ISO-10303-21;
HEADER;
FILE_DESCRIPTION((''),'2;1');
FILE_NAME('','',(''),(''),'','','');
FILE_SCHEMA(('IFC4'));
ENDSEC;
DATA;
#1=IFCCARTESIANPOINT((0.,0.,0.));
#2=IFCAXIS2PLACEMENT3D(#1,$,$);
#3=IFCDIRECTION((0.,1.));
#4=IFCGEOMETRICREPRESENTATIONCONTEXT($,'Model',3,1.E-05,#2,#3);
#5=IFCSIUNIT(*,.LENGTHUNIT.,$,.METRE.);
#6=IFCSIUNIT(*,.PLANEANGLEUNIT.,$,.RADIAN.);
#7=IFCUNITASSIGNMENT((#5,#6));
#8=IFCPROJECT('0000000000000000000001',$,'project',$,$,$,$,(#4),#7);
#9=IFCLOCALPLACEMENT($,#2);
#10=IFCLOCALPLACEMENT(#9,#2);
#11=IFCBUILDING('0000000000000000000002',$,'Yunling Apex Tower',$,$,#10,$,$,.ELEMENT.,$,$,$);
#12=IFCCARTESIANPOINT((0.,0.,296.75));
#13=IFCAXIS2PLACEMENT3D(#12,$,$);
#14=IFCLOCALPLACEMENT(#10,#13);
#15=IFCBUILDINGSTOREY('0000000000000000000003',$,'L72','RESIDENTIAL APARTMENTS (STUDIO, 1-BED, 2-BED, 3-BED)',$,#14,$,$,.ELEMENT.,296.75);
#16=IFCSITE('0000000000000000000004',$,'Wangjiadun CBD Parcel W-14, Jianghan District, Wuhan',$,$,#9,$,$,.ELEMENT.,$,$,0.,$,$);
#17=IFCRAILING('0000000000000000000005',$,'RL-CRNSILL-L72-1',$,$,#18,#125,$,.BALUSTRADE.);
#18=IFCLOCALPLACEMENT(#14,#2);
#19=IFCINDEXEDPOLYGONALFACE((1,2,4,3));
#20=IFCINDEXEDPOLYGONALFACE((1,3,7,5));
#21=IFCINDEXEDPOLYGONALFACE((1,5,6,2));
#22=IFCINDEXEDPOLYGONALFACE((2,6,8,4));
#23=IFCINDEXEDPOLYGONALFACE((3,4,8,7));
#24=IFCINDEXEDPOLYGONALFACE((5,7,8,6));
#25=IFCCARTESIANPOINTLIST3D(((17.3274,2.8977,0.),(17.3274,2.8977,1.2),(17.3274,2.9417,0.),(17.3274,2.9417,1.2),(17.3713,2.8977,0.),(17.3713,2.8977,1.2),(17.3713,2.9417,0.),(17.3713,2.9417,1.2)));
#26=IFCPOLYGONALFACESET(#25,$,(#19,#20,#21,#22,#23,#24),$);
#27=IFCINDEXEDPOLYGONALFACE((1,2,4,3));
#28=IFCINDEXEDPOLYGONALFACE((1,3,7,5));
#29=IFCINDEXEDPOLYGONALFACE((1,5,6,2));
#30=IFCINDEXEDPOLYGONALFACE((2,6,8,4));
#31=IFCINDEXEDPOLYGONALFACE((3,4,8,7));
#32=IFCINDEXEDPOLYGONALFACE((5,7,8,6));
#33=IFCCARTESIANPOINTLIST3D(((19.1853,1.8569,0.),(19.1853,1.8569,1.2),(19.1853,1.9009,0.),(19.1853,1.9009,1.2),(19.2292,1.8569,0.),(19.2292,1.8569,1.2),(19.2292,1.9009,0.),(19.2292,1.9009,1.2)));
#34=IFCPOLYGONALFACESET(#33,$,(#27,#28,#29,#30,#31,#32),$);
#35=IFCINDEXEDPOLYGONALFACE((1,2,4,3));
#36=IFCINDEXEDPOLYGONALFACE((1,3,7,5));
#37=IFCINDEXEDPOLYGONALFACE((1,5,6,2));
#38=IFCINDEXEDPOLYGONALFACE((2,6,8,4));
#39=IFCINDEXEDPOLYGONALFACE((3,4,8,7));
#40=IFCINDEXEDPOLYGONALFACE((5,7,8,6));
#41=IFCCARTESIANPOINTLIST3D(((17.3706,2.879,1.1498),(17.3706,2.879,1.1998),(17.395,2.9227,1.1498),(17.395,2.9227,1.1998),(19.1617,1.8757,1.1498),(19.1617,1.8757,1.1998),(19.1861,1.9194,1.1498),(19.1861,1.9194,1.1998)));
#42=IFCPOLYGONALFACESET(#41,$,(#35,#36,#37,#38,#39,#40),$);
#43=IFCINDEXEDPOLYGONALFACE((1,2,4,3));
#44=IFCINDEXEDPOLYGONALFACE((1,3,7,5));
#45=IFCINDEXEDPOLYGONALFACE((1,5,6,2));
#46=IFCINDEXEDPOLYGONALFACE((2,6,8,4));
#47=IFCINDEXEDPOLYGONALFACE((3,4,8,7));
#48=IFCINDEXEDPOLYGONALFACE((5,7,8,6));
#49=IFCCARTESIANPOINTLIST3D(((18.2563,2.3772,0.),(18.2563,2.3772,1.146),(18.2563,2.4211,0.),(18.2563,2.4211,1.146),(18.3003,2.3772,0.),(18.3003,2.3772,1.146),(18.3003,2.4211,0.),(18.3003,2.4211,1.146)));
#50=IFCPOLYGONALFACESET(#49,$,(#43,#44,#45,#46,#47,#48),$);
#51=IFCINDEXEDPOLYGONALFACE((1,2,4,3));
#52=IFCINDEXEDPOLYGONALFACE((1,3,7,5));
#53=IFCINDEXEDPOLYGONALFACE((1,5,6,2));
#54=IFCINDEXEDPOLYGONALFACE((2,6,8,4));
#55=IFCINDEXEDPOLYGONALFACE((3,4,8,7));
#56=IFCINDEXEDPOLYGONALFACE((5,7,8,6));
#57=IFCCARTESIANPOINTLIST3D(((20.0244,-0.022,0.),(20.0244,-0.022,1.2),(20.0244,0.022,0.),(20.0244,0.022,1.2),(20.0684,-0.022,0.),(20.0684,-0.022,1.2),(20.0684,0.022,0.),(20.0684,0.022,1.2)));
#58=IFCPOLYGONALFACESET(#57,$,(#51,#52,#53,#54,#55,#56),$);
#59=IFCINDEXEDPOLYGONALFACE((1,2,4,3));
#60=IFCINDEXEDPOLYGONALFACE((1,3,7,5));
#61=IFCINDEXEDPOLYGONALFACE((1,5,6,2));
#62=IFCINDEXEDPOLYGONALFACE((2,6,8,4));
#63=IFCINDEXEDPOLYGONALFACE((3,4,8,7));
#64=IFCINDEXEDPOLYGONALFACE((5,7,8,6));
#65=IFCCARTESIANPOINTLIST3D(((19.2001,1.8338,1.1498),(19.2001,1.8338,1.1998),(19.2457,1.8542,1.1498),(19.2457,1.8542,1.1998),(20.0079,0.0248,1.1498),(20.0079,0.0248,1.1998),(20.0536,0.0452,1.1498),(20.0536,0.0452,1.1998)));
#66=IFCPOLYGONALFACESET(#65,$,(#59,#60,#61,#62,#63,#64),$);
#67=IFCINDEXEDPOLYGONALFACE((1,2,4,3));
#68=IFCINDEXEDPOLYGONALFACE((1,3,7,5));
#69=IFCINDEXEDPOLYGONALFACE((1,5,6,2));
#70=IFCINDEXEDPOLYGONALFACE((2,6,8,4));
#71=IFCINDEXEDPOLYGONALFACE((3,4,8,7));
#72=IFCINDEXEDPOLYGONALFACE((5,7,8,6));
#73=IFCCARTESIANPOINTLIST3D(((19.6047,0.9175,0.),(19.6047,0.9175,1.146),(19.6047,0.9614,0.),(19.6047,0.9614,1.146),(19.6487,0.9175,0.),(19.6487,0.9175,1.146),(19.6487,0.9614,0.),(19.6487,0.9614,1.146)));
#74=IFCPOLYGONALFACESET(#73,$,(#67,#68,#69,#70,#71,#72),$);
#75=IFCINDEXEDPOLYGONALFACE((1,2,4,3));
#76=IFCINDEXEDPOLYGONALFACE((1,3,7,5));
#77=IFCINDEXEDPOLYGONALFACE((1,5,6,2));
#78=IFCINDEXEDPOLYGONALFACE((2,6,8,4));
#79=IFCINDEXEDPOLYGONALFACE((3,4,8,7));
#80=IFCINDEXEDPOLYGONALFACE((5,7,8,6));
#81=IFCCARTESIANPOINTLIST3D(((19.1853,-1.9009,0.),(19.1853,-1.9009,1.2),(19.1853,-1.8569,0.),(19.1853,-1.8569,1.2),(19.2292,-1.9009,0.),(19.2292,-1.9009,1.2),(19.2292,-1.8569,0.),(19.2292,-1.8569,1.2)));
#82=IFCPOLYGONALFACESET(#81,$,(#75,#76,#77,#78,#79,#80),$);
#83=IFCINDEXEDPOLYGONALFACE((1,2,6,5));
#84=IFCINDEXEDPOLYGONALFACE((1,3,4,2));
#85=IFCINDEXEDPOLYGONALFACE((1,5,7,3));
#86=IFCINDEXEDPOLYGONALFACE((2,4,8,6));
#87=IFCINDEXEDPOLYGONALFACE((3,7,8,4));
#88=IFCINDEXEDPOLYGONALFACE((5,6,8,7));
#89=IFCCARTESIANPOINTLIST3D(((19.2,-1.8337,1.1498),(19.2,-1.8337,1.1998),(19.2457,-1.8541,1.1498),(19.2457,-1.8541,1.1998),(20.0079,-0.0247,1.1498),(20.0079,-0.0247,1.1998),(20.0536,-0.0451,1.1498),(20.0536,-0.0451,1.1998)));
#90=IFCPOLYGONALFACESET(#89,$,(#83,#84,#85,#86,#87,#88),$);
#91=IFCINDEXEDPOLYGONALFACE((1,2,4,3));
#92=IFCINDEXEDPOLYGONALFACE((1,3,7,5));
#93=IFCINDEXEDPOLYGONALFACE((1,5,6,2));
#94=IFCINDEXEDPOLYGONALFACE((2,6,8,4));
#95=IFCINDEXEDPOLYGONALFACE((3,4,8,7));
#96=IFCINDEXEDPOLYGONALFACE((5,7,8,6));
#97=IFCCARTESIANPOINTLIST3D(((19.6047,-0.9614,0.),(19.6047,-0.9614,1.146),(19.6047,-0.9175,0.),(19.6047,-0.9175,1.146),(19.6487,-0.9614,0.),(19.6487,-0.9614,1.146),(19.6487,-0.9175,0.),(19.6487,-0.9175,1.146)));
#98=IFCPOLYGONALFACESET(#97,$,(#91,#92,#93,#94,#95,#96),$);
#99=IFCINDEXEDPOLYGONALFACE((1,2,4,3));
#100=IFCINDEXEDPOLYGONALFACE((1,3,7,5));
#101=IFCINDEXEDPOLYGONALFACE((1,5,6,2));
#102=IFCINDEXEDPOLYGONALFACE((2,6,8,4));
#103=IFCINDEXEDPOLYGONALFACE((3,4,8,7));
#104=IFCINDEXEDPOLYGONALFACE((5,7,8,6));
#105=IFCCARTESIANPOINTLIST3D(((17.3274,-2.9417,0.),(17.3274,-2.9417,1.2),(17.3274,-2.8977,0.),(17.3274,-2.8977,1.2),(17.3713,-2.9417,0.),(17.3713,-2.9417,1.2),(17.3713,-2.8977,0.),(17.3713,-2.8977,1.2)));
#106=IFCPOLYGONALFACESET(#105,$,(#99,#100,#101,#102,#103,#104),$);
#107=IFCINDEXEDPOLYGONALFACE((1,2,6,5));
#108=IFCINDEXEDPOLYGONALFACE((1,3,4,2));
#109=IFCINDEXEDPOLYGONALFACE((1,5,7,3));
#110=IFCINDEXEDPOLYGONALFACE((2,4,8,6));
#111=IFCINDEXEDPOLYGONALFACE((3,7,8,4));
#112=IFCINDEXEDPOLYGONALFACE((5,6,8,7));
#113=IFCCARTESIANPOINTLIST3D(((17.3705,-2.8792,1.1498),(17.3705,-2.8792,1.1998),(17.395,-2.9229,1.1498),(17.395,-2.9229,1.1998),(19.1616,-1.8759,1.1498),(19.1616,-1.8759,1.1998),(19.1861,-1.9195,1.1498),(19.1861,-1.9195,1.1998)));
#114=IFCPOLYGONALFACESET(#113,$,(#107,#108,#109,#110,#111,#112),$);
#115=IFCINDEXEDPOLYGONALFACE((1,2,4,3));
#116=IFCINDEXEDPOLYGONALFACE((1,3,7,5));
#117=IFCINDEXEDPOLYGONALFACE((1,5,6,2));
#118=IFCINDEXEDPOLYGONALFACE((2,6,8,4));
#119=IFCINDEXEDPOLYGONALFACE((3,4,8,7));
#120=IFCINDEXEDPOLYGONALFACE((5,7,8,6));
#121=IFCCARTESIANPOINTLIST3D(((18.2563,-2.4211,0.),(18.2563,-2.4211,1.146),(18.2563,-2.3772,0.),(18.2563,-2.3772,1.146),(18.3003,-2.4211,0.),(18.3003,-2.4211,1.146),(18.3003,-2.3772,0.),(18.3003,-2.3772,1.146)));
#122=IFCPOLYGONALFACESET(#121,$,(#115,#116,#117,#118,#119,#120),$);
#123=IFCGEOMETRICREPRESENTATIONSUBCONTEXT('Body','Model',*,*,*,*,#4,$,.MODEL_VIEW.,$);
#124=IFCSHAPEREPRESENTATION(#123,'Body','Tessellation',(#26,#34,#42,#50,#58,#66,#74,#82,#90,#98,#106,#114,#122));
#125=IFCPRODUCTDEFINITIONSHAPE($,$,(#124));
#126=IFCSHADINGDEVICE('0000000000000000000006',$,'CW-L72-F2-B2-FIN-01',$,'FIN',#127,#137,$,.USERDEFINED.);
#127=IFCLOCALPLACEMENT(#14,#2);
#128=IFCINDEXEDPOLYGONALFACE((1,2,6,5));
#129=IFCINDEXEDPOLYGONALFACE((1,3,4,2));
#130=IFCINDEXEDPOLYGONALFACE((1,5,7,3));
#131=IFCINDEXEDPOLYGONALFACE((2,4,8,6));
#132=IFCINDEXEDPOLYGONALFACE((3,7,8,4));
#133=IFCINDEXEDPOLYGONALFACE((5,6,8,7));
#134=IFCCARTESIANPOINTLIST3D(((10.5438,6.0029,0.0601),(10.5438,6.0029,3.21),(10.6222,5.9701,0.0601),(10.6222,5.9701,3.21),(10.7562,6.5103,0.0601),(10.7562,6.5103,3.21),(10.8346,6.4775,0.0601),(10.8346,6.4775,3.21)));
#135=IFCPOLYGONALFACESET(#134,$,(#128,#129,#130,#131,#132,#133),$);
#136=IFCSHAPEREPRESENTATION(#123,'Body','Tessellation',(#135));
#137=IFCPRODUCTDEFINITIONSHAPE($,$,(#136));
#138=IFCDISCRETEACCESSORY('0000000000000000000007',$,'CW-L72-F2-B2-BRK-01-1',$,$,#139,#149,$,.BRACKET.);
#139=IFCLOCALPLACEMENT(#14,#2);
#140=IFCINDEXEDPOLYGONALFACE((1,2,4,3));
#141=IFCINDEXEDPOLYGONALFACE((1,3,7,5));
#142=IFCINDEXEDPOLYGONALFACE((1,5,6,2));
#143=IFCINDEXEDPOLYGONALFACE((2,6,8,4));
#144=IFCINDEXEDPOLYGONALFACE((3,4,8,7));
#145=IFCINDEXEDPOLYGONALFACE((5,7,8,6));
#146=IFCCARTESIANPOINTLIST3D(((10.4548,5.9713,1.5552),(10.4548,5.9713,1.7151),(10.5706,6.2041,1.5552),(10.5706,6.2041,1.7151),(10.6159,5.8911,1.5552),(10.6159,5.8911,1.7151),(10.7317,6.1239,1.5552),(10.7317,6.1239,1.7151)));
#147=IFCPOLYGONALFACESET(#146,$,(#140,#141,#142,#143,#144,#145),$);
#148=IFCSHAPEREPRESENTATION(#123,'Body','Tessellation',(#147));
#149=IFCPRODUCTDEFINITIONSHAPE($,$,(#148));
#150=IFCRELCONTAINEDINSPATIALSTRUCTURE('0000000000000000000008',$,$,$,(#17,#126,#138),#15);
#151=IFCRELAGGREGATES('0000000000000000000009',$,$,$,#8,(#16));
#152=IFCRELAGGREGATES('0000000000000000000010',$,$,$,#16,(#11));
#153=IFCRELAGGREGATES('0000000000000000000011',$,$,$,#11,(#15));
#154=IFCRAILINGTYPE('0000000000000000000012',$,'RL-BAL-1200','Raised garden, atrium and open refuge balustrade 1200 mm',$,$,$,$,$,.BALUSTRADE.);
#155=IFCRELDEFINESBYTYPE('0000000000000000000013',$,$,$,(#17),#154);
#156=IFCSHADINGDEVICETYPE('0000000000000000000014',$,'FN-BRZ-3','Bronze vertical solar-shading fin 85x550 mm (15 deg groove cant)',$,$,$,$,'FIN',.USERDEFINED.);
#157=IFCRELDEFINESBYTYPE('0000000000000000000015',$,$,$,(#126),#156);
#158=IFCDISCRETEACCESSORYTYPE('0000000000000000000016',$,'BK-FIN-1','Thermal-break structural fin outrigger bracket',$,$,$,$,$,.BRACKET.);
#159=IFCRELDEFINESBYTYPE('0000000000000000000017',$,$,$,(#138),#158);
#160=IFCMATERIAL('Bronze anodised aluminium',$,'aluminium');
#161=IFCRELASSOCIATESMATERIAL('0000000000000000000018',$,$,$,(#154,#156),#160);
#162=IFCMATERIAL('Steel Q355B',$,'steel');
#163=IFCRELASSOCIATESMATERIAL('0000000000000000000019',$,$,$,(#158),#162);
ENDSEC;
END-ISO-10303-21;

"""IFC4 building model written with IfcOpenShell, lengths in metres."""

from ifc_helpers import new_model, si_unit, direction, frame, origin, origin_2d, place, context, subcontext, project, spatial, rectangle, extrude, source, transform, mapped, material, material_profile, profile_set, type_object, element, save


model = new_model("IFC4")

# Units and contexts
model_context = context("Model", 3, precision=1e-05, world=origin(), true_north=direction((0.0, 1.0)))
body_context = subcontext(model_context, "Body", "Model", "MODEL_VIEW")
ifc_project = project(units=[si_unit("LENGTHUNIT", "METRE"), si_unit("PLANEANGLEUNIT", "RADIAN")], contexts=[model_context])

# Site, building, storey
site_placement = place(None, origin())
site = spatial("IfcSite", under=ifc_project, at=site_placement, Name="Wangjiadun CBD Parcel W-14, Jianghan District, Wuhan", CompositionType="ELEMENT", RefElevation=0.0)
building_placement = place(site_placement, origin())
building = spatial("IfcBuilding", under=site, at=building_placement, Name="Yunling Apex Tower", CompositionType="ELEMENT")
storey_placement = place(building_placement, frame((0.0, 0.0, 296.75)))
storey = spatial("IfcBuildingStorey", under=building, at=storey_placement, Name="L72", Description="RESIDENTIAL APARTMENTS (STUDIO, 1-BED, 2-BED, 3-BED)", CompositionType="ELEMENT", Elevation=296.75)

# Shared definitions
ifc_material_1 = material(Name="Steel Q355B", Category="steel")

# Shared definitions
ifc_material_2 = material(Name="Bronze anodised aluminium", Category="aluminium")

# Railing
railing_type = type_object("IfcRailingType", Name="RL-BAL-1200", Description="Raised garden, atrium and open refuge balustrade 1200 mm", PredefinedType="BALUSTRADE", material=ifc_material_2)
railing_placement = place(storey_placement, frame((17.3494, 2.9197, 0.0)))
element("IfcRailing", 1, at=railing_placement, inside=storey, type_object=railing_type, Name="RL-CRNSILL-L72-1", PredefinedType="BALUSTRADE", context=body_context, shape_type="SweptSolid", body=[
    extrude(rectangle(XDim=0.0439, YDim=0.0439, at=origin_2d()), origin(), (0.0, 0.0, 1.0), 1.2),
    extrude(rectangle(XDim=0.0439, YDim=0.0439, at=origin_2d()), frame((1.8579, -1.0408, 0.0)), (0.0, 0.0, 1.0), 1.2),
    extrude(rectangle(XDim=0.05, YDim=0.05, at=origin_2d()), frame((0.0334, -0.0188, 1.1748), z_axis=(0.872438, -0.488726, 0.0), x_axis=(0.488726, 0.872438, 0.0)), (0.0, 0.0, 1.0), 2.053),
    extrude(rectangle(XDim=0.0439, YDim=0.0439, at=origin_2d()), frame((0.929, -0.5205, 0.0)), (0.0, 0.0, 1.0), 1.146),
    extrude(rectangle(XDim=0.0439, YDim=0.0439, at=origin_2d()), frame((2.697, -2.9197, 0.0)), (0.0, 0.0, 1.0), 1.2),
    extrude(rectangle(XDim=0.05, YDim=0.05, at=origin_2d()), frame((1.8735, -1.0757, 1.1748), z_axis=(0.407778, -0.913081, 0.0), x_axis=(0.913081, 0.407778, 0.0)), (0.0, 0.0, 1.0), 1.9812),
    extrude(rectangle(XDim=0.0439, YDim=0.0439, at=origin_2d()), frame((2.2773, -1.9802, 0.0)), (0.0, 0.0, 1.0), 1.146),
    extrude(rectangle(XDim=0.0439, YDim=0.0439, at=origin_2d()), frame((1.8579, -4.7986, 0.0)), (0.0, 0.0, 1.0), 1.2),
    extrude(rectangle(XDim=0.05, YDim=0.05, at=origin_2d()), frame((2.6814, -2.9546, 1.1748), z_axis=(-0.407778, -0.913081, 0.0), x_axis=(0.913081, -0.407778, 0.0)), (0.0, 0.0, 1.0), 1.9812),
    extrude(rectangle(XDim=0.0439, YDim=0.0439, at=origin_2d()), frame((2.2773, -3.8591, 0.0)), (0.0, 0.0, 1.0), 1.146),
    extrude(rectangle(XDim=0.0439, YDim=0.0439, at=origin_2d()), frame((0.0, -5.8394, 0.0)), (0.0, 0.0, 1.0), 1.2),
    extrude(rectangle(XDim=0.05, YDim=0.05, at=origin_2d()), frame((1.8245, -4.8174, 1.1748), z_axis=(-0.872438, -0.488726, 0.0), x_axis=(0.488726, -0.872438, 0.0)), (0.0, 0.0, 1.0), 2.053),
    extrude(rectangle(XDim=0.0439, YDim=0.0439, at=origin_2d()), frame((0.929, -5.3188, 0.0)), (0.0, 0.0, 1.0), 1.146),
])

# Shading device
ifc_material_profile_1 = material_profile(ifc_material_2, rectangle(XDim=0.085, YDim=0.55, at=origin_2d()))
ifc_profile_set_1 = profile_set([ifc_material_profile_1], Name="Bronze anodised aluminium")
shading_device_type = type_object("IfcShadingDeviceType", Name="FN-BRZ-3", Description="Bronze vertical solar-shading fin 85x550 mm (15 deg groove cant)", ElementType="FIN", PredefinedType="USERDEFINED", material=ifc_profile_set_1)
shared_shape_1 = source(origin(), body_context, "Body", "SweptSolid", [
    extrude(rectangle(XDim=0.085, YDim=0.55, at=origin_2d()), origin(), (0.0, 0.0, 1.0), 3.1499),
])
shading_device_placement = place(storey_placement, frame((10.6892, 6.2402, 0.0601), z_axis=(0.0, 0.0, 1.0), x_axis=(-0.922471, 0.386067, 0.0)))
element("IfcShadingDevice", 2, at=shading_device_placement, inside=storey, type_object=shading_device_type, Name="CW-L72-F2-B2-FIN-01", ObjectType="FIN", PredefinedType="USERDEFINED", context=body_context, shape_type="MappedRepresentation", body=[
    mapped(shared_shape_1, transform((0.0, 0.0, 0.0), scale=1.0)),
])

# Discrete accessory
discrete_accessory_type = type_object("IfcDiscreteAccessoryType", Name="BK-FIN-1", Description="Thermal-break structural fin outrigger bracket", PredefinedType="BRACKET", material=ifc_material_1)
shared_shape_2 = source(origin(), body_context, "Body", "SweptSolid", [
    extrude(rectangle(XDim=0.1799, YDim=0.26, at=origin_2d()), origin(), (0.0, 0.0, 1.0), 0.1599),
])
discrete_accessory_placement = place(storey_placement, frame((10.5933, 6.0476, 1.5552), z_axis=(0.0, 0.0, 1.0), x_axis=(-0.895246, 0.445573, 0.0)))
element("IfcDiscreteAccessory", 3, at=discrete_accessory_placement, inside=storey, type_object=discrete_accessory_type, Name="CW-L72-F2-B2-BRK-01-1", PredefinedType="BRACKET", context=body_context, shape_type="MappedRepresentation", body=[
    mapped(shared_shape_2, transform((0.0, 0.0, 0.0), scale=1.0)),
])

save(model, "model.ifc")
